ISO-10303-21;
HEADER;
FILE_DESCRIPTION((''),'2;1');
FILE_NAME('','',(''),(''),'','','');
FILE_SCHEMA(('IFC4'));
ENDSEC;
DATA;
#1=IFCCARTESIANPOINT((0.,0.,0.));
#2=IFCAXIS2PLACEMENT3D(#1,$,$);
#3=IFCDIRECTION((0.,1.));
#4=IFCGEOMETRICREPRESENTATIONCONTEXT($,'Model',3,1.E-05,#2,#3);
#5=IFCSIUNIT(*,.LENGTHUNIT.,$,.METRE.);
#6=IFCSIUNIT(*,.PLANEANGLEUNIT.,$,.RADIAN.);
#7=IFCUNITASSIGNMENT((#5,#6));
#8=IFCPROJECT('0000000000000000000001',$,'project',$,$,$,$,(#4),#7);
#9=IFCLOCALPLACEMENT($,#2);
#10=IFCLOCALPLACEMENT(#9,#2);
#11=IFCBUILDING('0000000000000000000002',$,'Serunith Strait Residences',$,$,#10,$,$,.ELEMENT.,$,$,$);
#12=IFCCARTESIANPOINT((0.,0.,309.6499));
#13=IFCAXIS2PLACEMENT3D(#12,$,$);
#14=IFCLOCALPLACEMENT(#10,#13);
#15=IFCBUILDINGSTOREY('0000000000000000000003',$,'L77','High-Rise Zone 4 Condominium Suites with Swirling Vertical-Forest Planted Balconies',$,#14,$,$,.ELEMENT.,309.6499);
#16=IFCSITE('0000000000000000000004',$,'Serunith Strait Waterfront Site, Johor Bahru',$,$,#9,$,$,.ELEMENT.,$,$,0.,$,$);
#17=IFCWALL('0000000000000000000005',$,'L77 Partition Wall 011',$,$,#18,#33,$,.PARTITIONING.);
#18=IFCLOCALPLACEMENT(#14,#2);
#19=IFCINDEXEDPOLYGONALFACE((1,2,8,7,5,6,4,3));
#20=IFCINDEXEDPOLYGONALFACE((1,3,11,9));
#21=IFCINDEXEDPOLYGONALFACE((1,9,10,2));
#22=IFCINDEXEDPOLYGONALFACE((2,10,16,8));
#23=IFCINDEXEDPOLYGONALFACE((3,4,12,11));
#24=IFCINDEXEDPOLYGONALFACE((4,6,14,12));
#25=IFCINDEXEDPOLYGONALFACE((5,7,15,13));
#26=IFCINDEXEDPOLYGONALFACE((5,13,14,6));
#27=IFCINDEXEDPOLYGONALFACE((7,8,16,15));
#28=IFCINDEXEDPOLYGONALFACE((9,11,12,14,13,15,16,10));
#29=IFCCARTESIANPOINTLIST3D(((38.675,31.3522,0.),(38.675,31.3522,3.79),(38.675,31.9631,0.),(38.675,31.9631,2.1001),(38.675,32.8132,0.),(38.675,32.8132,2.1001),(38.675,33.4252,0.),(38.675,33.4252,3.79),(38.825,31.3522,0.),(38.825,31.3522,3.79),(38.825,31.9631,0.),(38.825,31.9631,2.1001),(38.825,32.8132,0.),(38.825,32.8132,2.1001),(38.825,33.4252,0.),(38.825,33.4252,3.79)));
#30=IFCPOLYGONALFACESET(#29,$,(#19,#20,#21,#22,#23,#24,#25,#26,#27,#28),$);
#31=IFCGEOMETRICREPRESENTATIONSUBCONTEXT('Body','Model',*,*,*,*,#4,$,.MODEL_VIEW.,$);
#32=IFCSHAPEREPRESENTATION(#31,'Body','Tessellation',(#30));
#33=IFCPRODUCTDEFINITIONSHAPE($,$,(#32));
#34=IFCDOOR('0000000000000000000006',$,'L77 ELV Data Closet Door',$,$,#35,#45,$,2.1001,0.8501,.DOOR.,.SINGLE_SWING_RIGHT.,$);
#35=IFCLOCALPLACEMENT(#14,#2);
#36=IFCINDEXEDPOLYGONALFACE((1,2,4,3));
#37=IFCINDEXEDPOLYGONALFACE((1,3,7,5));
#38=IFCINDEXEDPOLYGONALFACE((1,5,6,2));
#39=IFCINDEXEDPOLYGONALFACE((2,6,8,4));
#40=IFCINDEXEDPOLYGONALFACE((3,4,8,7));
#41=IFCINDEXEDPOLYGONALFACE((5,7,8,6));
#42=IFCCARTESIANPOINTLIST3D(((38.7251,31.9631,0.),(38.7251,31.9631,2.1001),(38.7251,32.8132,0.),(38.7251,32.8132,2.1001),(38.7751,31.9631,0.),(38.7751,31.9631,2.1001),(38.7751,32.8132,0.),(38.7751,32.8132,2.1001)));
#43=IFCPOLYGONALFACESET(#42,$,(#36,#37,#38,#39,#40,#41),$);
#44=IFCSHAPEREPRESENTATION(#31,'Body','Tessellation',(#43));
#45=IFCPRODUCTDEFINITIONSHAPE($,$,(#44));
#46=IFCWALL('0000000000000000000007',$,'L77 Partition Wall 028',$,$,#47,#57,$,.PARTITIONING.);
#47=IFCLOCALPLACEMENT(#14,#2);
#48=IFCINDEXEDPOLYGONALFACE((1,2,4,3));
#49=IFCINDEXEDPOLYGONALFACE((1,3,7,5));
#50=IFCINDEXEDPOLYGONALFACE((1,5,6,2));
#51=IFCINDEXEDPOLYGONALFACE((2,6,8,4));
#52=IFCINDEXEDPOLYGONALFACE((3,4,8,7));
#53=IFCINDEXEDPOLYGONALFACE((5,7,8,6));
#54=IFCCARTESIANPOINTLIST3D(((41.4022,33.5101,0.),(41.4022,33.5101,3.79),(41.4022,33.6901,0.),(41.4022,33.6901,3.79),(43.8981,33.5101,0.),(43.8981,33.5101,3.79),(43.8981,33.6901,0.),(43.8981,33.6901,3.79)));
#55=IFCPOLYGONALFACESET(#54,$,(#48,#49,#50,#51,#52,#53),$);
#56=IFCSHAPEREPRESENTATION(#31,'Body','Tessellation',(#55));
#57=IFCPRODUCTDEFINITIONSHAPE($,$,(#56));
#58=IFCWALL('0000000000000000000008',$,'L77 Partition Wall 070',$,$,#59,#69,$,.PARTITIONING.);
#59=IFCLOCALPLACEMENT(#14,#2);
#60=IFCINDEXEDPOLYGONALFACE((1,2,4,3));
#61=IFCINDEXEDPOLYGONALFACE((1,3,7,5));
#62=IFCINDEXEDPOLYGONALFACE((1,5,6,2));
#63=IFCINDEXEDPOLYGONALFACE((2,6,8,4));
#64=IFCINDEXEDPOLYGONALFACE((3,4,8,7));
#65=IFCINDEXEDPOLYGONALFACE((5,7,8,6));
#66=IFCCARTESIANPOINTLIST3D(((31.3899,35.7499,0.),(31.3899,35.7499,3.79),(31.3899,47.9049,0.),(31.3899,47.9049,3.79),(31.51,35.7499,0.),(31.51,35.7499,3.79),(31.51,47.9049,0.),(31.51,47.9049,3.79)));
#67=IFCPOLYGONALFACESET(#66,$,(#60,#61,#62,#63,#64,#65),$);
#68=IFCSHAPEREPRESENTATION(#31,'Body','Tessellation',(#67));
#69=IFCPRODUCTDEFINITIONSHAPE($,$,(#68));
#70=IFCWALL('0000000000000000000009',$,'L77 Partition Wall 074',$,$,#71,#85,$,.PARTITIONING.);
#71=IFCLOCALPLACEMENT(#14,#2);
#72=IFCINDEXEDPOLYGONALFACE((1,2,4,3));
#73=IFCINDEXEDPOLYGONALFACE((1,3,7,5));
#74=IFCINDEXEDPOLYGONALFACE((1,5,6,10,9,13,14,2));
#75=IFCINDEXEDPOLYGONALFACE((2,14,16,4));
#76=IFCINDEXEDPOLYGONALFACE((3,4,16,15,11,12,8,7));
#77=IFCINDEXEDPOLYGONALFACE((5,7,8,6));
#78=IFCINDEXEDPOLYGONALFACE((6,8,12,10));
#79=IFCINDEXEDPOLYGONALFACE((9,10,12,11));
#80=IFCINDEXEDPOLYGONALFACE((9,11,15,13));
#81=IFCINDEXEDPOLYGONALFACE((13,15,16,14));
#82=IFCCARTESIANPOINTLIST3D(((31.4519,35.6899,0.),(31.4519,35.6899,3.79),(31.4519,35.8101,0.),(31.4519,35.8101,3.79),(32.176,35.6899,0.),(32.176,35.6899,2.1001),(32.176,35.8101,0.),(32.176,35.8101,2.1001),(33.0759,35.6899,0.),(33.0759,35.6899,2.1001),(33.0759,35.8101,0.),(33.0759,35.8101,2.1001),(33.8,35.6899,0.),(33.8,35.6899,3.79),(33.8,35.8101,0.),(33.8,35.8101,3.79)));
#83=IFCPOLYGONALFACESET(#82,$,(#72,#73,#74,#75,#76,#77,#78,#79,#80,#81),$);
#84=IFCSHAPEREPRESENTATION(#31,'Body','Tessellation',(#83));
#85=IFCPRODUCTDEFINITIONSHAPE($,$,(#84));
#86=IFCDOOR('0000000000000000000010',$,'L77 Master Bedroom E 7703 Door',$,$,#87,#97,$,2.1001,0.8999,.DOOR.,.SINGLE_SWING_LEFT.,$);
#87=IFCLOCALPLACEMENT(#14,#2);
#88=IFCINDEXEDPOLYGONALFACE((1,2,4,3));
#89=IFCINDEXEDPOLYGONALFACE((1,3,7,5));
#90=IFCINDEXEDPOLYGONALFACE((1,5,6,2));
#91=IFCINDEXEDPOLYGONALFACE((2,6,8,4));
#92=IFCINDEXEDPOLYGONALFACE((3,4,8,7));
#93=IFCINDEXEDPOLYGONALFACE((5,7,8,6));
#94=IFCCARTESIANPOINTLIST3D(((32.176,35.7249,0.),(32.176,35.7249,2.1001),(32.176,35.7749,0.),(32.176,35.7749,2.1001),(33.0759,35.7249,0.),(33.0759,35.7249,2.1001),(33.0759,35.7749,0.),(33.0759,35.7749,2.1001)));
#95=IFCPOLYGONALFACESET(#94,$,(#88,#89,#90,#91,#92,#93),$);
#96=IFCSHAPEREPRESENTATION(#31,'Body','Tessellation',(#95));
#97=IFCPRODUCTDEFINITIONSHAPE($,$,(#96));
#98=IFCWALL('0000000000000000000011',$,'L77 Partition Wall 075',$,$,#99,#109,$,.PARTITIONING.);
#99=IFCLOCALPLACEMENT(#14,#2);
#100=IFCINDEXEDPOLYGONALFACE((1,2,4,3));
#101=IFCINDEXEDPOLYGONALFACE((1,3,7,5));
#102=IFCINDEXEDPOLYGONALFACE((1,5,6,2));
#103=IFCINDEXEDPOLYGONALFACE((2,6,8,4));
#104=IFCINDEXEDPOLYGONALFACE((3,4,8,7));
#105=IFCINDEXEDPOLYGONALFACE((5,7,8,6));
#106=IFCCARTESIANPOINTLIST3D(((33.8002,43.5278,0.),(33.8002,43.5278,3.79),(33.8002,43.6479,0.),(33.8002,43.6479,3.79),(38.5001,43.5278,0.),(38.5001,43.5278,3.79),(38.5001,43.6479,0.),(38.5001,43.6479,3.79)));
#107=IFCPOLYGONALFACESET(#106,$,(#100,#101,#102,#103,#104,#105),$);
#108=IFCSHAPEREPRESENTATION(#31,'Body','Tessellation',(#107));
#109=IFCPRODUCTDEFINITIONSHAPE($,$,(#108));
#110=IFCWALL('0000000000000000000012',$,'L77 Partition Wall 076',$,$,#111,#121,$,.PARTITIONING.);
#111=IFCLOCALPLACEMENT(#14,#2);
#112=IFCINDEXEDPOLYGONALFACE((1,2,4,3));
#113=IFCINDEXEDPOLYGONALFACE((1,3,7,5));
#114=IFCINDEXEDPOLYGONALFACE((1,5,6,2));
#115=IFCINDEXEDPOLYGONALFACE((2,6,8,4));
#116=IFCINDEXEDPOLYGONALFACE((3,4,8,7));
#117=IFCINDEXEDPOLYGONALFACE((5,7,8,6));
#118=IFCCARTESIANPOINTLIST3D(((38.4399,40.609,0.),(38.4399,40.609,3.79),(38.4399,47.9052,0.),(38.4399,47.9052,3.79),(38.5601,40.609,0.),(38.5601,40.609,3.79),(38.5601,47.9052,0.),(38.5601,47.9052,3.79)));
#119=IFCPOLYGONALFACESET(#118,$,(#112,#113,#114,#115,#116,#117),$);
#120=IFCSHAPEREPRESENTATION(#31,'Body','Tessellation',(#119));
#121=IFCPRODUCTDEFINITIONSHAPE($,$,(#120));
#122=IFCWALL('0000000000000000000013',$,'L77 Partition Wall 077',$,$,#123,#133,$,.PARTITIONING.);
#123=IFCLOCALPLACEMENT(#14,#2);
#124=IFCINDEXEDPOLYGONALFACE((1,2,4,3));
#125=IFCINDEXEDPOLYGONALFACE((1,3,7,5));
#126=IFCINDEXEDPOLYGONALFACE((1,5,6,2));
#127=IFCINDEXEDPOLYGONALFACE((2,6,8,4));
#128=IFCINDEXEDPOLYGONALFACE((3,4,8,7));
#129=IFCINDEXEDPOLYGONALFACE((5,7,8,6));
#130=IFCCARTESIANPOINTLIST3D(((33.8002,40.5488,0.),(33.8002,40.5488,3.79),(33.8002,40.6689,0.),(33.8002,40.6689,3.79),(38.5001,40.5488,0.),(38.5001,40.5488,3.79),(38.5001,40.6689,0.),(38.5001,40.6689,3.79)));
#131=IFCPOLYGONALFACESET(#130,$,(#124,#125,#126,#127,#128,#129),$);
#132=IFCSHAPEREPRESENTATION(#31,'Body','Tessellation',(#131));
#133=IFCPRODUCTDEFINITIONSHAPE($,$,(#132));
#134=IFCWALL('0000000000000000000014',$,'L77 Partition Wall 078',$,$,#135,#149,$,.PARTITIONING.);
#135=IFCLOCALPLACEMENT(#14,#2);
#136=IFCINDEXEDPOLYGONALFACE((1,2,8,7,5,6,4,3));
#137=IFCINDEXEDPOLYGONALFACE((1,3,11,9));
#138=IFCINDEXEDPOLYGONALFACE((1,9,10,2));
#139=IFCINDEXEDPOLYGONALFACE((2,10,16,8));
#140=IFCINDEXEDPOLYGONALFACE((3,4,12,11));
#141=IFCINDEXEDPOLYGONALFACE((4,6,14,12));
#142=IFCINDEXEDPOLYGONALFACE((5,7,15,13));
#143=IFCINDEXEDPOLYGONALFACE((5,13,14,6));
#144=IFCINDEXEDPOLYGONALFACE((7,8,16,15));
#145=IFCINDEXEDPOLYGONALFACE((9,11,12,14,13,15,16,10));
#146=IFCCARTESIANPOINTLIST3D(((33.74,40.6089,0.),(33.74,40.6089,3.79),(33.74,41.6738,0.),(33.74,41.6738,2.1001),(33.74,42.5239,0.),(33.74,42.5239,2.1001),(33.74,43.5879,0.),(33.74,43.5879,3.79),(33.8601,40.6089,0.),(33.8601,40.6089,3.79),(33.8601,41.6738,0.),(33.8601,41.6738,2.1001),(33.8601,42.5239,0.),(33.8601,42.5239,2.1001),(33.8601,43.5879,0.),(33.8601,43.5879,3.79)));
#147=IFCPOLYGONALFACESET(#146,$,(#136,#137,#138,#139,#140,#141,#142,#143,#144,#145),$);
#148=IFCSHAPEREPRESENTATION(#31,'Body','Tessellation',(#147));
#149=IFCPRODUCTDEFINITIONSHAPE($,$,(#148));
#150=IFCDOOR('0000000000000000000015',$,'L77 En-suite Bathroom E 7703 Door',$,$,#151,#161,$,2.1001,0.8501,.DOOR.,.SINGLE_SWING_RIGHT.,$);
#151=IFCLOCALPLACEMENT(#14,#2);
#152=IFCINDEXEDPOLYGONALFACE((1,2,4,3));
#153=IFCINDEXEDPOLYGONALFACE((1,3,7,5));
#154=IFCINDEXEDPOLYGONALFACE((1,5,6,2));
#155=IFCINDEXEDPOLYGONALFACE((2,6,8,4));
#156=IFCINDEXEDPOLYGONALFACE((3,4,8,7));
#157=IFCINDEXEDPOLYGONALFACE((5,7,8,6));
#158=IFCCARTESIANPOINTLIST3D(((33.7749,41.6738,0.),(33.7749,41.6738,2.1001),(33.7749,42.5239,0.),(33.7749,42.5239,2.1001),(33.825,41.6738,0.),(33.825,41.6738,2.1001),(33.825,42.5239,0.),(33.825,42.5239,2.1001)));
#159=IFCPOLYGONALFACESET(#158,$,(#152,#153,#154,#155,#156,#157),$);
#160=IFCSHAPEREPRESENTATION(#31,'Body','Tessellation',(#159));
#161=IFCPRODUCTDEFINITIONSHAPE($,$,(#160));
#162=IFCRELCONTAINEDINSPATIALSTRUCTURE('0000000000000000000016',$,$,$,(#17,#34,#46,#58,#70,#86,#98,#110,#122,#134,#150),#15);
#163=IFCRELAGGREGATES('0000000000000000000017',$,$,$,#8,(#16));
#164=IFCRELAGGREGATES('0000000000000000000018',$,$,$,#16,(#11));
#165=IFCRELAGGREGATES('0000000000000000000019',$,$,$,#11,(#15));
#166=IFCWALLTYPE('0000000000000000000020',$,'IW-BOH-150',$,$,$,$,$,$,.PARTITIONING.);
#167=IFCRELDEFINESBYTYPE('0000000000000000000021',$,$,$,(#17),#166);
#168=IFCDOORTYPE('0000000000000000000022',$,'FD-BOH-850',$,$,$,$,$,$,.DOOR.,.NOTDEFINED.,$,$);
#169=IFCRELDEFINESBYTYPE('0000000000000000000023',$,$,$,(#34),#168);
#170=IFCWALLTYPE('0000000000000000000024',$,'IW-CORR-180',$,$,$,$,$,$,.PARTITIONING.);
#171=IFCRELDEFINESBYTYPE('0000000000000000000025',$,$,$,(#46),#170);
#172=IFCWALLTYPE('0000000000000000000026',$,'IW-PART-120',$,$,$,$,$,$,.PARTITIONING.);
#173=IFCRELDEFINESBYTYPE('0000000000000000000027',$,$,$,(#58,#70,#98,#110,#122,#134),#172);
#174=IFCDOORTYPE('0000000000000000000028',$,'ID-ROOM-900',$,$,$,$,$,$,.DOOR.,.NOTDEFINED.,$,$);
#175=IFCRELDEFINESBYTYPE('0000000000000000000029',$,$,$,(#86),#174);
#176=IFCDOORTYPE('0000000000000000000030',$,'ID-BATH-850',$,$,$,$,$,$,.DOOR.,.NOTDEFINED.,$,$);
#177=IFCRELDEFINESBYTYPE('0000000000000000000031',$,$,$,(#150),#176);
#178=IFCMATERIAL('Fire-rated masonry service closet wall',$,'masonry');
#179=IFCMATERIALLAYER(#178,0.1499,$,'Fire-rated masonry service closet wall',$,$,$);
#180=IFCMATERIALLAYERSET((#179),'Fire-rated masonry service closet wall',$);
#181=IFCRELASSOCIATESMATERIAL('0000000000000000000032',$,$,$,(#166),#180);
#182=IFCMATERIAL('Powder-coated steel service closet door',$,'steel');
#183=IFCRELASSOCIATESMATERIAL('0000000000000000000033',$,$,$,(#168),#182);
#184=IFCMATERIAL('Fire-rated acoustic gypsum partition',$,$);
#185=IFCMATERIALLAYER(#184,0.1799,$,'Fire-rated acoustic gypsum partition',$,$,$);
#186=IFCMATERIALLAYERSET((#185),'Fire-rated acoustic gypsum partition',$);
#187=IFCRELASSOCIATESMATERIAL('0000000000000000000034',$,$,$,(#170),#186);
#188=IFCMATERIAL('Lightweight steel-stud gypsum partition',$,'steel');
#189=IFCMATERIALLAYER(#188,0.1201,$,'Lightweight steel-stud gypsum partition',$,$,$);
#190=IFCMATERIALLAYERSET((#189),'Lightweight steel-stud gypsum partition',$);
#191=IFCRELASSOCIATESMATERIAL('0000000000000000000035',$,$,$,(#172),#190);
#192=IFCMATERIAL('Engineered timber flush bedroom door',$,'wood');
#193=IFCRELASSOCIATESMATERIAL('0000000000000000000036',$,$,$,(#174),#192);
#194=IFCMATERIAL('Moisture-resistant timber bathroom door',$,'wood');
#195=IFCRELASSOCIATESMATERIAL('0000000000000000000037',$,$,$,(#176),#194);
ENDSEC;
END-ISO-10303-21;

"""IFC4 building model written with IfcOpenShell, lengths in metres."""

from ifc_helpers import new_model, si_unit, direction, frame, frame_2d, origin, place, context, subcontext, project, spatial, rectangle, extrude, source, transform, mapped, material, layer, layer_set, type_object, element, fill, save


model = new_model("IFC4")

# Units and contexts
model_context = context("Model", 3, precision=1e-05, world=origin(), true_north=direction((0.0, 1.0)))
body_context = subcontext(model_context, "Body", "Model", "MODEL_VIEW")
ifc_project = project(units=[si_unit("LENGTHUNIT", "METRE"), si_unit("PLANEANGLEUNIT", "RADIAN")], contexts=[model_context])

# Site, building, storey
site_placement = place(None, origin())
site = spatial("IfcSite", under=ifc_project, at=site_placement, Name="Serunith Strait Waterfront Site, Johor Bahru", CompositionType="ELEMENT", RefElevation=0.0)
building_placement = place(site_placement, origin())
building = spatial("IfcBuilding", under=site, at=building_placement, Name="Serunith Strait Residences", CompositionType="ELEMENT")
storey_placement = place(building_placement, frame((0.0, 0.0, 309.6499)))
storey = spatial("IfcBuildingStorey", under=building, at=storey_placement, Name="L77", Description="High-Rise Zone 4 Condominium Suites with Swirling Vertical-Forest Planted Balconies", CompositionType="ELEMENT", Elevation=309.6499)

# Wall, opening, door
ifc_material_1 = material(Name="Fire-rated masonry service closet wall", Category="masonry")
ifc_layer_1 = layer(ifc_material_1, 0.1499, Name="Fire-rated masonry service closet wall")
ifc_layer_set_1 = layer_set([ifc_layer_1], Name="Fire-rated masonry service closet wall")
wall_type_1 = type_object("IfcWallType", Name="IW-BOH-150", PredefinedType="PARTITIONING", material=ifc_layer_set_1)
wall_1_placement = place(storey_placement, frame((38.75, 31.3521, 0.0), z_axis=(0.0, 0.0, 1.0), x_axis=(0.0, 1.0, 0.0)))
wall_1 = element("IfcWall", 1, at=wall_1_placement, inside=storey, type_object=wall_type_1, Name="L77 Partition Wall 011", PredefinedType="PARTITIONING", context=body_context, shape_type="SweptSolid", body=[
    extrude(rectangle(XDim=2.073, YDim=0.1499, at=frame_2d((1.0366, 0.0))), origin(), (0.0, 0.0, 1.0), 3.79),
])
opening_1_placement = place(wall_1_placement, frame((0.6111, 0.0, 0.0)))
opening_1 = element("IfcOpeningElement", 2, at=opening_1_placement, cuts=wall_1, PredefinedType="OPENING", context=body_context, shape_type="SweptSolid", body=[
    extrude(rectangle(XDim=0.8501, YDim=2.1001, at=frame_2d((0.425, 1.05))), frame((0.0, 0.085, 0.0), z_axis=(0.0, -1.0, 0.0), x_axis=(1.0, 0.0, 0.0)), (0.0, 0.0, 1.0), 0.1699),
])
ifc_material_2 = material(Name="Powder-coated steel service closet door", Category="steel")
door_type_1 = type_object("IfcDoorType", Name="FD-BOH-850", OperationType="NOTDEFINED", PredefinedType="DOOR", material=ifc_material_2)
shared_shape_1 = source(origin(), body_context, "Body", "SweptSolid", [
    extrude(rectangle(XDim=0.8501, YDim=2.1001, at=frame_2d((0.425, 1.05))), frame((0.0, 0.0249, 0.0), z_axis=(0.0, -1.0, 0.0), x_axis=(1.0, 0.0, 0.0)), (0.0, 0.0, 1.0), 0.05),
])
door_1_placement = place(opening_1_placement, origin())
door_1 = element("IfcDoor", 3, at=door_1_placement, inside=storey, type_object=door_type_1, Name="L77 ELV Data Closet Door", OperationType="SINGLE_SWING_RIGHT", OverallHeight=2.1001, OverallWidth=0.8501, PredefinedType="DOOR", context=body_context, shape_type="MappedRepresentation", body=[
    mapped(shared_shape_1, transform((0.0, 0.0, 0.0), scale=1.0)),
])
fill(opening_1, door_1)

# Walls
ifc_material_3 = material(Name="Fire-rated acoustic gypsum partition")
ifc_layer_2 = layer(ifc_material_3, 0.1799, Name="Fire-rated acoustic gypsum partition")
ifc_layer_set_2 = layer_set([ifc_layer_2], Name="Fire-rated acoustic gypsum partition")
wall_type_2 = type_object("IfcWallType", Name="IW-CORR-180", PredefinedType="PARTITIONING", material=ifc_layer_set_2)
wall_2_placement = place(storey_placement, frame((41.4021, 33.6001, 0.0), z_axis=(0.0, 0.0, 1.0), x_axis=(1.0, 0.0, 0.0)))
element("IfcWall", 4, at=wall_2_placement, inside=storey, type_object=wall_type_2, Name="L77 Partition Wall 028", PredefinedType="PARTITIONING", context=body_context, shape_type="SweptSolid", body=[
    extrude(rectangle(XDim=2.4958, YDim=0.1799, at=frame_2d((1.248, 0.0))), origin(), (0.0, 0.0, 1.0), 3.79),
])
ifc_material_4 = material(Name="Lightweight steel-stud gypsum partition", Category="steel")
ifc_layer_3 = layer(ifc_material_4, 0.1201, Name="Lightweight steel-stud gypsum partition")
ifc_layer_set_3 = layer_set([ifc_layer_3], Name="Lightweight steel-stud gypsum partition")
wall_type_3 = type_object("IfcWallType", Name="IW-PART-120", PredefinedType="PARTITIONING", material=ifc_layer_set_3)
wall_3_placement = place(storey_placement, frame((31.45, 47.905, 0.0), z_axis=(0.0, 0.0, 1.0), x_axis=(0.0, -1.0, 0.0)))
element("IfcWall", 5, at=wall_3_placement, inside=storey, type_object=wall_type_3, Name="L77 Partition Wall 070", PredefinedType="PARTITIONING", context=body_context, shape_type="SweptSolid", body=[
    extrude(rectangle(XDim=12.155, YDim=0.1201, at=frame_2d((6.0776, 0.0))), origin(), (0.0, 0.0, 1.0), 3.79),
])

# Wall, opening, door
wall_4_placement = place(storey_placement, frame((31.4519, 35.75, 0.0), z_axis=(0.0, 0.0, 1.0), x_axis=(1.0, 0.0, 0.0)))
wall_4 = element("IfcWall", 6, at=wall_4_placement, inside=storey, type_object=wall_type_3, Name="L77 Partition Wall 074", PredefinedType="PARTITIONING", context=body_context, shape_type="SweptSolid", body=[
    extrude(rectangle(XDim=2.3481, YDim=0.1201, at=frame_2d((1.1741, 0.0))), origin(), (0.0, 0.0, 1.0), 3.79),
])
opening_2_placement = place(wall_4_placement, frame((0.7241, 0.0, 0.0)))
opening_2 = element("IfcOpeningElement", 7, at=opening_2_placement, cuts=wall_4, PredefinedType="OPENING", context=body_context, shape_type="SweptSolid", body=[
    extrude(rectangle(XDim=0.8999, YDim=2.1001, at=frame_2d((0.45, 1.05))), frame((0.0, 0.0701, 0.0), z_axis=(0.0, -1.0, 0.0), x_axis=(1.0, 0.0, 0.0)), (0.0, 0.0, 1.0), 0.1401),
])
ifc_material_5 = material(Name="Engineered timber flush bedroom door", Category="wood")
door_type_2 = type_object("IfcDoorType", Name="ID-ROOM-900", OperationType="NOTDEFINED", PredefinedType="DOOR", material=ifc_material_5)
shared_shape_2 = source(origin(), body_context, "Body", "SweptSolid", [
    extrude(rectangle(XDim=0.8999, YDim=2.1001, at=frame_2d((0.45, 1.05))), frame((0.0, 0.0249, 0.0), z_axis=(0.0, -1.0, 0.0), x_axis=(1.0, 0.0, 0.0)), (0.0, 0.0, 1.0), 0.05),
])
door_2_placement = place(opening_2_placement, origin())
door_2 = element("IfcDoor", 8, at=door_2_placement, inside=storey, type_object=door_type_2, Name="L77 Master Bedroom E 7703 Door", OperationType="SINGLE_SWING_LEFT", OverallHeight=2.1001, OverallWidth=0.8999, PredefinedType="DOOR", context=body_context, shape_type="MappedRepresentation", body=[
    mapped(shared_shape_2, transform((0.0, 0.0, 0.0), scale=1.0)),
])
fill(opening_2, door_2)

# Walls
wall_5_placement = place(storey_placement, frame((33.8, 43.5879, 0.0), z_axis=(0.0, 0.0, 1.0), x_axis=(1.0, 0.0, 0.0)))
element("IfcWall", 9, at=wall_5_placement, inside=storey, type_object=wall_type_3, Name="L77 Partition Wall 075", PredefinedType="PARTITIONING", context=body_context, shape_type="SweptSolid", body=[
    extrude(rectangle(XDim=4.7, YDim=0.1201, at=frame_2d((2.3501, 0.0))), origin(), (0.0, 0.0, 1.0), 3.79),
])
wall_6_placement = place(storey_placement, frame((38.5, 47.905, 0.0), z_axis=(0.0, 0.0, 1.0), x_axis=(0.0, -1.0, 0.0)))
element("IfcWall", 10, at=wall_6_placement, inside=storey, type_object=wall_type_3, Name="L77 Partition Wall 076", PredefinedType="PARTITIONING", context=body_context, shape_type="SweptSolid", body=[
    extrude(rectangle(XDim=7.2961, YDim=0.1201, at=frame_2d((3.6479, 0.0))), origin(), (0.0, 0.0, 1.0), 3.79),
])
wall_7_placement = place(storey_placement, frame((33.8, 40.6089, 0.0), z_axis=(0.0, 0.0, 1.0), x_axis=(1.0, 0.0, 0.0)))
element("IfcWall", 11, at=wall_7_placement, inside=storey, type_object=wall_type_3, Name="L77 Partition Wall 077", PredefinedType="PARTITIONING", context=body_context, shape_type="SweptSolid", body=[
    extrude(rectangle(XDim=4.7, YDim=0.1201, at=frame_2d((2.3501, 0.0))), origin(), (0.0, 0.0, 1.0), 3.79),
])

# Wall, opening, door
wall_8_placement = place(storey_placement, frame((33.8, 43.5879, 0.0), z_axis=(0.0, 0.0, 1.0), x_axis=(0.0, -1.0, 0.0)))
wall_8 = element("IfcWall", 12, at=wall_8_placement, inside=storey, type_object=wall_type_3, Name="L77 Partition Wall 078", PredefinedType="PARTITIONING", context=body_context, shape_type="SweptSolid", body=[
    extrude(rectangle(XDim=2.979, YDim=0.1201, at=frame_2d((1.4895, 0.0))), origin(), (0.0, 0.0, 1.0), 3.79),
])
opening_3_placement = place(wall_8_placement, frame((1.064, 0.0, 0.0)))
opening_3 = element("IfcOpeningElement", 13, at=opening_3_placement, cuts=wall_8, PredefinedType="OPENING", context=body_context, shape_type="SweptSolid", body=[
    extrude(rectangle(XDim=0.8501, YDim=2.1001, at=frame_2d((0.425, 1.05))), frame((0.0, 0.0701, 0.0), z_axis=(0.0, -1.0, 0.0), x_axis=(1.0, 0.0, 0.0)), (0.0, 0.0, 1.0), 0.1401),
])
ifc_material_6 = material(Name="Moisture-resistant timber bathroom door", Category="wood")
door_type_3 = type_object("IfcDoorType", Name="ID-BATH-850", OperationType="NOTDEFINED", PredefinedType="DOOR", material=ifc_material_6)
door_3_placement = place(opening_3_placement, origin())
door_3 = element("IfcDoor", 14, at=door_3_placement, inside=storey, type_object=door_type_3, Name="L77 En-suite Bathroom E 7703 Door", OperationType="SINGLE_SWING_RIGHT", OverallHeight=2.1001, OverallWidth=0.8501, PredefinedType="DOOR", context=body_context, shape_type="MappedRepresentation", body=[
    mapped(shared_shape_1, transform((0.0, 0.0, 0.0), scale=1.0)),
])
fill(opening_3, door_3)

save(model, "model.ifc")
